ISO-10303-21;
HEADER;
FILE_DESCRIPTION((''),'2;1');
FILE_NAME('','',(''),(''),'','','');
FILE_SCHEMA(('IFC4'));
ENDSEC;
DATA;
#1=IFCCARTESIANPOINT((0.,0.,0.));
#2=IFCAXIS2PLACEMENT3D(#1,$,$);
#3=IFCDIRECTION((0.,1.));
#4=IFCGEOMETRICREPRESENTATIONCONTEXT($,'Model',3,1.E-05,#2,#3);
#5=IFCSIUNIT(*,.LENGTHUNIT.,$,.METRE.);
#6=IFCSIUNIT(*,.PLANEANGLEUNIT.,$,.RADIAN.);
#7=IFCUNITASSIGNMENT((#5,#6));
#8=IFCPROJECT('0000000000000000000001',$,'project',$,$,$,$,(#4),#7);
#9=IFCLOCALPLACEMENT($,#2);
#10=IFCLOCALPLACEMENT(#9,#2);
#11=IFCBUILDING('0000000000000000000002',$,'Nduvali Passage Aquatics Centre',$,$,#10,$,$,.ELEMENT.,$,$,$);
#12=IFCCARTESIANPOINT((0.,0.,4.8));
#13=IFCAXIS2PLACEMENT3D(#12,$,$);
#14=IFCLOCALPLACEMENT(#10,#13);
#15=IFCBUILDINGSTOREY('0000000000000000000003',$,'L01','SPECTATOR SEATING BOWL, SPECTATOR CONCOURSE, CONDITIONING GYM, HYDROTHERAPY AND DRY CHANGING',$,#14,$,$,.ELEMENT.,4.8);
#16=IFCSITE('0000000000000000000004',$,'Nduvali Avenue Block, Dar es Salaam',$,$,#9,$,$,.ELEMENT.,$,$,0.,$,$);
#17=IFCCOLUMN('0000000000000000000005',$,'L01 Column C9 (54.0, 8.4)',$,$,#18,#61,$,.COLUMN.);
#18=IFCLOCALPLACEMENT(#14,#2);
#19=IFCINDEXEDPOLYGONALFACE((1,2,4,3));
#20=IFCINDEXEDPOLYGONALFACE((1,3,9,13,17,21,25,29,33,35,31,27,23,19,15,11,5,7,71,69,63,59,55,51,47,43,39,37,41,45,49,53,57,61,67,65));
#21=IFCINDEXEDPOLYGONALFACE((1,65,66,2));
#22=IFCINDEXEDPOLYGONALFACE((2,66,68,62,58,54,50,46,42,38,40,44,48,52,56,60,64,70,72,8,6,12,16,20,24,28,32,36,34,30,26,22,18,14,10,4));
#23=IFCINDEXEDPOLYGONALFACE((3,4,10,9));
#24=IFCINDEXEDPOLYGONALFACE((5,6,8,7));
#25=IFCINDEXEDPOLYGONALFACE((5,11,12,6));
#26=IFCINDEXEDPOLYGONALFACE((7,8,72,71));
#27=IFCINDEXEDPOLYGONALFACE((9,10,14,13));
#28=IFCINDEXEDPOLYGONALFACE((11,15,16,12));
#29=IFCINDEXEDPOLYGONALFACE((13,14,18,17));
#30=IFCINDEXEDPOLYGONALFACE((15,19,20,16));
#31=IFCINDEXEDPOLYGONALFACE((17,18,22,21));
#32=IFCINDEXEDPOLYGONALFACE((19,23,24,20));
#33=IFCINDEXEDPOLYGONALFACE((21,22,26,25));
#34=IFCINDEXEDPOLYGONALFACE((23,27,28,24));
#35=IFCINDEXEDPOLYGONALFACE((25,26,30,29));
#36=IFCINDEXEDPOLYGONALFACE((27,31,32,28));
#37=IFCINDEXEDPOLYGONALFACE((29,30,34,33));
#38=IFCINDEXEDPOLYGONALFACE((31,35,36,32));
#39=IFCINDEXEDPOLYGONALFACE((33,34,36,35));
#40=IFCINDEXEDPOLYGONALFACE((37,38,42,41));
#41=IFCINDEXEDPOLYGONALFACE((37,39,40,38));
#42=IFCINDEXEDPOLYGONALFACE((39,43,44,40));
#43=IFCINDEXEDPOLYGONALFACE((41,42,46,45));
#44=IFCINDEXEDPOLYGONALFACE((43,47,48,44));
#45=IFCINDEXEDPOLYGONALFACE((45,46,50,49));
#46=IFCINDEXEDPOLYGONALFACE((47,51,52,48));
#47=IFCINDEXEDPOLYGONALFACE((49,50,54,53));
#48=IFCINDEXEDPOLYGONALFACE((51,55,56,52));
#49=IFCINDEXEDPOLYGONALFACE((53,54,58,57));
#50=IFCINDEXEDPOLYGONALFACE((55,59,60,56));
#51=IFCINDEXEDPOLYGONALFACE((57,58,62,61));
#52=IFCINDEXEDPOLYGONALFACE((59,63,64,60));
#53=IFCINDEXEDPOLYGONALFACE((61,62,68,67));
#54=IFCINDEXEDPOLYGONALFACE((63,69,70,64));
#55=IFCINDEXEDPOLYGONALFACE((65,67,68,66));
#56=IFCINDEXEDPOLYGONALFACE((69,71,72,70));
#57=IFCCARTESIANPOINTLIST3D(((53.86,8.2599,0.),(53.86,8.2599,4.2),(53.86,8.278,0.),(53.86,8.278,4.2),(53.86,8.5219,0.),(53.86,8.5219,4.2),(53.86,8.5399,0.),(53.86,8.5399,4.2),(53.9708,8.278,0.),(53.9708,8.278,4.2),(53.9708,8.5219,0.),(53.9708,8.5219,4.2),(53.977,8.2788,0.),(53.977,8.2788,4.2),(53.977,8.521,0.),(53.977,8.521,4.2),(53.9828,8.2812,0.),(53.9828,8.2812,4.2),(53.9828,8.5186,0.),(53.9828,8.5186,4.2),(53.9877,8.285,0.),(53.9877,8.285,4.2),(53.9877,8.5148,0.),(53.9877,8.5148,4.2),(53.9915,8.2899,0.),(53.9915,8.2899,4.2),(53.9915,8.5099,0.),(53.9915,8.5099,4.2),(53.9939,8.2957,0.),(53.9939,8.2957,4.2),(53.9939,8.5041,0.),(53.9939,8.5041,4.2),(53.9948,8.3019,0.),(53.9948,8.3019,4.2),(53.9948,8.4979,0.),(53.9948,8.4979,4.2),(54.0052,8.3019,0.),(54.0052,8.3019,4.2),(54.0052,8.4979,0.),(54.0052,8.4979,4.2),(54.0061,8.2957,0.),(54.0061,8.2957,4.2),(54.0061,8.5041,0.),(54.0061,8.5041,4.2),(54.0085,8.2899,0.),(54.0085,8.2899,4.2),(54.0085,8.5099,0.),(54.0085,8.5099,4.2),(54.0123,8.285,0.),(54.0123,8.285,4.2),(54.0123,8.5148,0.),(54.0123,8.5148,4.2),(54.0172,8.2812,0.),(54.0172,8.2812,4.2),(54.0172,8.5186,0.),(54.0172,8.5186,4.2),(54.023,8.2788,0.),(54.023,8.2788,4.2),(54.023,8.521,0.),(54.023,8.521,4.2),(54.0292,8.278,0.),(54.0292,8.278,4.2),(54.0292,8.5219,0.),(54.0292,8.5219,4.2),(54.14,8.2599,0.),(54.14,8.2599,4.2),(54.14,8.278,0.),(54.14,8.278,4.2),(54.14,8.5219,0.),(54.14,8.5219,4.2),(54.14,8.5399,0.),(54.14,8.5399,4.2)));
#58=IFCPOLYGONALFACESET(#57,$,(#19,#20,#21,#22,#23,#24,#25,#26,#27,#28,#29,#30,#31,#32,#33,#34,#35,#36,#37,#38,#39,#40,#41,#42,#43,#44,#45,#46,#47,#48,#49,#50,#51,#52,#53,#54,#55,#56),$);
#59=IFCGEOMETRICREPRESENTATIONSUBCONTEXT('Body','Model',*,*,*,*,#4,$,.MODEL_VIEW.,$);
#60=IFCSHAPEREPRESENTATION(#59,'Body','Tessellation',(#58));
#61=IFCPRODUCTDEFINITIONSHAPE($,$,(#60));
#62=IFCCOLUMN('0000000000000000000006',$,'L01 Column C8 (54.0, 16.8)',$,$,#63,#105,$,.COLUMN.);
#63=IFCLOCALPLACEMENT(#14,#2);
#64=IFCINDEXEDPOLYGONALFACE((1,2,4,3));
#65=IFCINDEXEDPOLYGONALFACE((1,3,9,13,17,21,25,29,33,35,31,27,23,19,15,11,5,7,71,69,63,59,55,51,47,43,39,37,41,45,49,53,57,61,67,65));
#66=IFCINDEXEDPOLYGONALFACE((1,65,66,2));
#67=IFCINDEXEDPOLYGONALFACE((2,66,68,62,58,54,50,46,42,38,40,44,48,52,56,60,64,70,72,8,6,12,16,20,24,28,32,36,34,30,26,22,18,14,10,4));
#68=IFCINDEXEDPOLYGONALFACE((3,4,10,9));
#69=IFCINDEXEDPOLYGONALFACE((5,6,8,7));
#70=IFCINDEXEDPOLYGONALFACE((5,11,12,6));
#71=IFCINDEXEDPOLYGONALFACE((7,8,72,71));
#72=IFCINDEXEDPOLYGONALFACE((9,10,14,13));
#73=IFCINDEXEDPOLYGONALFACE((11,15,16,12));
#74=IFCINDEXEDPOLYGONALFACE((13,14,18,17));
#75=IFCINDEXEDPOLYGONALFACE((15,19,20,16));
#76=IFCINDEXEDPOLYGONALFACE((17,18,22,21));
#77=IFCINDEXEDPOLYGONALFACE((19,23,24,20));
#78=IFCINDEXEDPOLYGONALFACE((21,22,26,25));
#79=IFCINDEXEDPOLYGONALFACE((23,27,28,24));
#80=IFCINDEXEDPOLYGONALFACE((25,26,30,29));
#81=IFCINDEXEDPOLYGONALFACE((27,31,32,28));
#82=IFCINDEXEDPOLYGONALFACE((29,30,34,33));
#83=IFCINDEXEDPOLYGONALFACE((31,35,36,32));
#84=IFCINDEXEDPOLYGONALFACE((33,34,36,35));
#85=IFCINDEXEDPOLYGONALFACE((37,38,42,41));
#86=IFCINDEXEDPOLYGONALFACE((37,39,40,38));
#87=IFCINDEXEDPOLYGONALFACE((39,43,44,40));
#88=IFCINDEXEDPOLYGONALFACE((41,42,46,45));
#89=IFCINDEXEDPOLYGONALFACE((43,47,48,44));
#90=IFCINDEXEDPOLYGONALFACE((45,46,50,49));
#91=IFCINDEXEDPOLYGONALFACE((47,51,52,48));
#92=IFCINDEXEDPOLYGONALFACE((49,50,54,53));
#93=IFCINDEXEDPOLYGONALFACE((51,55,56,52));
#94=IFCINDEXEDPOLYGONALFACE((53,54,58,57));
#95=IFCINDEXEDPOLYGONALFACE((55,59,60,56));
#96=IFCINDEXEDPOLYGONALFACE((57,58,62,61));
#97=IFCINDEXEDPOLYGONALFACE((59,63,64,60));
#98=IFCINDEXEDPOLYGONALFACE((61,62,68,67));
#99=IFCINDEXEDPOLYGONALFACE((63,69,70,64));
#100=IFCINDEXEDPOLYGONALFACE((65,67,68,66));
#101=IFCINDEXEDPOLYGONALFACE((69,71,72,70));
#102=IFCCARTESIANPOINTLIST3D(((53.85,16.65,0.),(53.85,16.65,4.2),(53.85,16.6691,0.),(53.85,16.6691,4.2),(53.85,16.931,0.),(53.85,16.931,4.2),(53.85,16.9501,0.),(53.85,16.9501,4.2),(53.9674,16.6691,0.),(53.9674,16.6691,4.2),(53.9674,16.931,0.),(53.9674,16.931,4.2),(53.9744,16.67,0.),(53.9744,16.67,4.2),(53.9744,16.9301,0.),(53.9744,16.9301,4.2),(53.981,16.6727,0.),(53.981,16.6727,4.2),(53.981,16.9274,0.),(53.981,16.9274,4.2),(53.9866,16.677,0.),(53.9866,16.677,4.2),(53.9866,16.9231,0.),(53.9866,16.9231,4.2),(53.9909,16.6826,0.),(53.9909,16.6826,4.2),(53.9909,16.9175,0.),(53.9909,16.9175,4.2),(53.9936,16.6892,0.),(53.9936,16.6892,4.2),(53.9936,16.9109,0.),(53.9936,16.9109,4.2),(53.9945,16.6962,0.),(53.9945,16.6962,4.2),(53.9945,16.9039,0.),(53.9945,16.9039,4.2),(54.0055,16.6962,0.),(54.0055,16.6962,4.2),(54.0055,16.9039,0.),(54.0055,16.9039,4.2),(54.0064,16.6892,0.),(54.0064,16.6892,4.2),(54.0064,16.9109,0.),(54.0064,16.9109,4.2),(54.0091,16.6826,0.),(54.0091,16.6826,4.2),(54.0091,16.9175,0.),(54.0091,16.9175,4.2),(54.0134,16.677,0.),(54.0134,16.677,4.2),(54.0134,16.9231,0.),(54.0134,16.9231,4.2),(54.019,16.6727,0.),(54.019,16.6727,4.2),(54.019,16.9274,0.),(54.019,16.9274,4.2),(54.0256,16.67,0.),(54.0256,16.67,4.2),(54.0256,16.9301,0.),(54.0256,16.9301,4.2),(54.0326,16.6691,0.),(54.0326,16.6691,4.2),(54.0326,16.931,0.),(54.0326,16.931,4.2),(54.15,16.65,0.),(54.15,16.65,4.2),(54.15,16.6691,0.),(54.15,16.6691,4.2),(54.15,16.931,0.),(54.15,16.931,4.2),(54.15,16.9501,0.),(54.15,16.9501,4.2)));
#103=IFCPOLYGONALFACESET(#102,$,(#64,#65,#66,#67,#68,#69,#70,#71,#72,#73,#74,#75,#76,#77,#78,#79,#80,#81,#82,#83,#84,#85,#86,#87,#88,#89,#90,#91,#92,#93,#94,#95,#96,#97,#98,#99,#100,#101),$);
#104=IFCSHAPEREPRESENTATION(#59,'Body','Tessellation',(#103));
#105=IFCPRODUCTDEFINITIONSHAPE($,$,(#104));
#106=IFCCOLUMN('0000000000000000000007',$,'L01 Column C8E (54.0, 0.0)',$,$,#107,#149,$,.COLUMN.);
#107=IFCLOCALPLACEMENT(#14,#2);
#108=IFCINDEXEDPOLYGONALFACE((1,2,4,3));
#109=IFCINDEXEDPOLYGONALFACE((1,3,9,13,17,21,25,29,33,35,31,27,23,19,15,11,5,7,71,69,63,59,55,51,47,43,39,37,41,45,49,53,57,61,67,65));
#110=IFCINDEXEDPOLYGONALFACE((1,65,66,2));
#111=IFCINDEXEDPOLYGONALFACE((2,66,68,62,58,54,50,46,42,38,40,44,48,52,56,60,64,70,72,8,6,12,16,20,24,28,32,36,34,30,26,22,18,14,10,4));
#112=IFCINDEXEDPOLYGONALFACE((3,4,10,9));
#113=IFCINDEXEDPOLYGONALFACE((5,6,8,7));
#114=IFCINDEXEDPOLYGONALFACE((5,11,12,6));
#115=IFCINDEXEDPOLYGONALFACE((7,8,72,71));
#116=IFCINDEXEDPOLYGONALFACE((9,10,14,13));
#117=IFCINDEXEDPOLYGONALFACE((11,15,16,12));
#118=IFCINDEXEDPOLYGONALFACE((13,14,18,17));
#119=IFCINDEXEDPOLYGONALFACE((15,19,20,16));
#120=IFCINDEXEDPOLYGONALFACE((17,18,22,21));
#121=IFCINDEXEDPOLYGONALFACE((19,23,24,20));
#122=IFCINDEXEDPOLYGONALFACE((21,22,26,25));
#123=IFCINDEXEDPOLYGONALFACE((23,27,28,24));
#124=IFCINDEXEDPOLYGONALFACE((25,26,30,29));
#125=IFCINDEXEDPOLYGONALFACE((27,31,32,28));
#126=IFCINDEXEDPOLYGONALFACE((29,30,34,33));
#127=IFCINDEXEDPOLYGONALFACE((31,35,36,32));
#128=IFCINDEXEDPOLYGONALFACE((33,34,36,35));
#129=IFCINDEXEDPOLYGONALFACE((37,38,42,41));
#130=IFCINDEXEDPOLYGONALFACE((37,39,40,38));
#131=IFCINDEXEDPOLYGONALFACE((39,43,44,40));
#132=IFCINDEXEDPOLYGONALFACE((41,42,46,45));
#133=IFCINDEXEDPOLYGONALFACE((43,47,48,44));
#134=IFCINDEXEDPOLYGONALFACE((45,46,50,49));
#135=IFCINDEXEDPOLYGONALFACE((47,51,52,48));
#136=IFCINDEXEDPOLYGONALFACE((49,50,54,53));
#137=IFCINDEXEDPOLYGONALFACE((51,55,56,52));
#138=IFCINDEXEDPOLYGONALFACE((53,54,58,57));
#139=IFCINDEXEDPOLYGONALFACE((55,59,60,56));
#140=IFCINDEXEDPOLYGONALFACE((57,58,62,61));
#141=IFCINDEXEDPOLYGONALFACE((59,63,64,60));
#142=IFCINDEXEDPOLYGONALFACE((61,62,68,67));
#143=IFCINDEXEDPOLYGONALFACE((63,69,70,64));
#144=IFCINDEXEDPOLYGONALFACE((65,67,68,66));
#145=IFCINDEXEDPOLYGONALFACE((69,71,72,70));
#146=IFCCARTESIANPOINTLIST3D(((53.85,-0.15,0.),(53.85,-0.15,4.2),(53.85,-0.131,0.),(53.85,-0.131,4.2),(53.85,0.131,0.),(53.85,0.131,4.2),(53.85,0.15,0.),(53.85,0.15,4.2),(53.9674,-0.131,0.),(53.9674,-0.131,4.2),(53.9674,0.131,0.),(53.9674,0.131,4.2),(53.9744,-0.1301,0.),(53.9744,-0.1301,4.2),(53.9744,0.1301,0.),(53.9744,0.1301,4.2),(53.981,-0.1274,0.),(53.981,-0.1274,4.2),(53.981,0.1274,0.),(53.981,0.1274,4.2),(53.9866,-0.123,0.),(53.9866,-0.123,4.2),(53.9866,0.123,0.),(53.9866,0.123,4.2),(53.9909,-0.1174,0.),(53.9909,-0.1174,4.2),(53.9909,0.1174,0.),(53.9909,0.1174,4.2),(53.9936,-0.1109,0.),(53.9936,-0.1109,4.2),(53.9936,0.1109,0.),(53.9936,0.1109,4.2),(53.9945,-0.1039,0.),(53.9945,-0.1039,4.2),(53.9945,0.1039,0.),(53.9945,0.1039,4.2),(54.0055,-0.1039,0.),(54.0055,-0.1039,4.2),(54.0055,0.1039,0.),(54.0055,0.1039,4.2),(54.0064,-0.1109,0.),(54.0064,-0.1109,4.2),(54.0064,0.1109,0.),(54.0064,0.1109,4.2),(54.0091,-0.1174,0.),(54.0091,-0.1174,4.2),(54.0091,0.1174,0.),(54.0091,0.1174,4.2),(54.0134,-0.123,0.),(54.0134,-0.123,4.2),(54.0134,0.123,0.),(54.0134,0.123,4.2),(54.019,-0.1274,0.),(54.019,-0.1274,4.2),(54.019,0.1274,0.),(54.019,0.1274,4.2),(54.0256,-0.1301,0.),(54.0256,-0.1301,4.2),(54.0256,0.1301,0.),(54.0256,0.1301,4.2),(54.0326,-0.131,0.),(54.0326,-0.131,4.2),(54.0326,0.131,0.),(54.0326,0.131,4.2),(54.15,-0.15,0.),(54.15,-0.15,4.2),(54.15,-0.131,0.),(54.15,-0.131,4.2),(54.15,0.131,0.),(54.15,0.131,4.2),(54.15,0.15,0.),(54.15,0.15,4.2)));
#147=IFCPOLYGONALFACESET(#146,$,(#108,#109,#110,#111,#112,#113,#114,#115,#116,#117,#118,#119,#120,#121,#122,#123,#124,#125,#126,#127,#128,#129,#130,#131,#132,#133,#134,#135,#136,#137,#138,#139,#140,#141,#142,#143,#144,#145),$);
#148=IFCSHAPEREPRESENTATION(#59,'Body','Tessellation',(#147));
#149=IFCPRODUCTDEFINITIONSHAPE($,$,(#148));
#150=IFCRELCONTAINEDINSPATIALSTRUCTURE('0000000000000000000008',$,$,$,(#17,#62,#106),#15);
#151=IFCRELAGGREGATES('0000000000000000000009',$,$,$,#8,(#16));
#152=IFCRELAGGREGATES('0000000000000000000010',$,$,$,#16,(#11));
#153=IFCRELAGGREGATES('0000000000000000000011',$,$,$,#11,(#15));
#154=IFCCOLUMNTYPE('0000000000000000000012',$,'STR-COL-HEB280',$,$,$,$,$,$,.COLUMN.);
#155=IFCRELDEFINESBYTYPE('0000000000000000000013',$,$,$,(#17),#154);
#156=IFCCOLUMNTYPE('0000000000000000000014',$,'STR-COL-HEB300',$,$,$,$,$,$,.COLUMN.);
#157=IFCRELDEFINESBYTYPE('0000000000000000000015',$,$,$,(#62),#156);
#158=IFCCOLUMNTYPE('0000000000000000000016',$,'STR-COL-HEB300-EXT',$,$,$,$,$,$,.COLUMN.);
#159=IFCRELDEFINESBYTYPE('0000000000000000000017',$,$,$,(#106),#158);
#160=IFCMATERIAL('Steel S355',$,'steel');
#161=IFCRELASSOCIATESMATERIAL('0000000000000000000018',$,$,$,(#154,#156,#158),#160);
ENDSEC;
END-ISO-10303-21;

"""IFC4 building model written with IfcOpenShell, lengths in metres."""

from ifc_helpers import new_model, si_unit, direction, frame, origin, origin_2d, place, context, subcontext, project, spatial, i_section, extrude, material, material_profile, profile_set, type_object, element, save


model = new_model("IFC4")

# Units and contexts
model_context = context("Model", 3, precision=1e-05, world=origin(), true_north=direction((0.0, 1.0)))
body_context = subcontext(model_context, "Body", "Model", "MODEL_VIEW")
ifc_project = project(units=[si_unit("LENGTHUNIT", "METRE"), si_unit("PLANEANGLEUNIT", "RADIAN")], contexts=[model_context])

# Site, building, storey
site_placement = place(None, origin())
site = spatial("IfcSite", under=ifc_project, at=site_placement, Name="Nduvali Avenue Block, Dar es Salaam", CompositionType="ELEMENT", RefElevation=0.0)
building_placement = place(site_placement, origin())
building = spatial("IfcBuilding", under=site, at=building_placement, Name="Nduvali Passage Aquatics Centre", CompositionType="ELEMENT")
storey_placement = place(building_placement, frame((0.0, 0.0, 4.8)))
storey = spatial("IfcBuildingStorey", under=building, at=storey_placement, Name="L01", Description="SPECTATOR SEATING BOWL, SPECTATOR CONCOURSE, CONDITIONING GYM, HYDROTHERAPY AND DRY CHANGING", CompositionType="ELEMENT", Elevation=4.8)

# Columns
ifc_material_1 = material(Name="Steel S355", Category="steel")
ifc_material_profile_1 = material_profile(ifc_material_1, i_section(OverallWidth=0.28, OverallDepth=0.28, WebThickness=0.0105, FlangeThickness=0.0181, FilletRadius=0.0239, at=origin_2d()), Name="HEB 280")
ifc_profile_set_1 = profile_set([ifc_material_profile_1], Name="Steel S355")
column_type_1 = type_object("IfcColumnType", Name="STR-COL-HEB280", PredefinedType="COLUMN", material=ifc_profile_set_1)
column_1_placement = place(storey_placement, frame((54.0, 8.3999, 0.0), z_axis=(0.0, 0.0, 1.0), x_axis=(1.0, 0.0, 0.0)))
element("IfcColumn", 1, at=column_1_placement, inside=storey, type_object=column_type_1, Name="L01 Column C9 (54.0, 8.4)", PredefinedType="COLUMN", context=body_context, shape_type="SweptSolid", body=[
    extrude(i_section(OverallWidth=0.28, OverallDepth=0.28, WebThickness=0.0105, FlangeThickness=0.0181, FilletRadius=0.0239, at=origin_2d()), origin(), (0.0, 0.0, 1.0), 4.2),
])
ifc_material_profile_2 = material_profile(ifc_material_1, i_section(OverallWidth=0.3, OverallDepth=0.3, WebThickness=0.011, FlangeThickness=0.019, FilletRadius=0.0271, at=origin_2d()), Name="HEB 300")
ifc_profile_set_2 = profile_set([ifc_material_profile_2], Name="Steel S355")
column_type_2 = type_object("IfcColumnType", Name="STR-COL-HEB300", PredefinedType="COLUMN", material=ifc_profile_set_2)
column_2_placement = place(storey_placement, frame((54.0, 16.8, 0.0), z_axis=(0.0, 0.0, 1.0), x_axis=(1.0, 0.0, 0.0)))
element("IfcColumn", 2, at=column_2_placement, inside=storey, type_object=column_type_2, Name="L01 Column C8 (54.0, 16.8)", PredefinedType="COLUMN", context=body_context, shape_type="SweptSolid", body=[
    extrude(i_section(OverallWidth=0.3, OverallDepth=0.3, WebThickness=0.011, FlangeThickness=0.019, FilletRadius=0.0271, at=origin_2d()), origin(), (0.0, 0.0, 1.0), 4.2),
])
ifc_material_profile_3 = material_profile(ifc_material_1, i_section(OverallWidth=0.3, OverallDepth=0.3, WebThickness=0.011, FlangeThickness=0.019, FilletRadius=0.0271, at=origin_2d()), Name="HEB 300")
ifc_profile_set_3 = profile_set([ifc_material_profile_3], Name="Steel S355")
column_type_3 = type_object("IfcColumnType", Name="STR-COL-HEB300-EXT", PredefinedType="COLUMN", material=ifc_profile_set_3)
column_3_placement = place(storey_placement, frame((54.0, 0.0, 0.0), z_axis=(0.0, 0.0, 1.0), x_axis=(1.0, 0.0, 0.0)))
element("IfcColumn", 3, at=column_3_placement, inside=storey, type_object=column_type_3, Name="L01 Column C8E (54.0, 0.0)", PredefinedType="COLUMN", context=body_context, shape_type="SweptSolid", body=[
    extrude(i_section(OverallWidth=0.3, OverallDepth=0.3, WebThickness=0.011, FlangeThickness=0.019, FilletRadius=0.0271, at=origin_2d()), origin(), (0.0, 0.0, 1.0), 4.2),
])

save(model, "model.ifc")
